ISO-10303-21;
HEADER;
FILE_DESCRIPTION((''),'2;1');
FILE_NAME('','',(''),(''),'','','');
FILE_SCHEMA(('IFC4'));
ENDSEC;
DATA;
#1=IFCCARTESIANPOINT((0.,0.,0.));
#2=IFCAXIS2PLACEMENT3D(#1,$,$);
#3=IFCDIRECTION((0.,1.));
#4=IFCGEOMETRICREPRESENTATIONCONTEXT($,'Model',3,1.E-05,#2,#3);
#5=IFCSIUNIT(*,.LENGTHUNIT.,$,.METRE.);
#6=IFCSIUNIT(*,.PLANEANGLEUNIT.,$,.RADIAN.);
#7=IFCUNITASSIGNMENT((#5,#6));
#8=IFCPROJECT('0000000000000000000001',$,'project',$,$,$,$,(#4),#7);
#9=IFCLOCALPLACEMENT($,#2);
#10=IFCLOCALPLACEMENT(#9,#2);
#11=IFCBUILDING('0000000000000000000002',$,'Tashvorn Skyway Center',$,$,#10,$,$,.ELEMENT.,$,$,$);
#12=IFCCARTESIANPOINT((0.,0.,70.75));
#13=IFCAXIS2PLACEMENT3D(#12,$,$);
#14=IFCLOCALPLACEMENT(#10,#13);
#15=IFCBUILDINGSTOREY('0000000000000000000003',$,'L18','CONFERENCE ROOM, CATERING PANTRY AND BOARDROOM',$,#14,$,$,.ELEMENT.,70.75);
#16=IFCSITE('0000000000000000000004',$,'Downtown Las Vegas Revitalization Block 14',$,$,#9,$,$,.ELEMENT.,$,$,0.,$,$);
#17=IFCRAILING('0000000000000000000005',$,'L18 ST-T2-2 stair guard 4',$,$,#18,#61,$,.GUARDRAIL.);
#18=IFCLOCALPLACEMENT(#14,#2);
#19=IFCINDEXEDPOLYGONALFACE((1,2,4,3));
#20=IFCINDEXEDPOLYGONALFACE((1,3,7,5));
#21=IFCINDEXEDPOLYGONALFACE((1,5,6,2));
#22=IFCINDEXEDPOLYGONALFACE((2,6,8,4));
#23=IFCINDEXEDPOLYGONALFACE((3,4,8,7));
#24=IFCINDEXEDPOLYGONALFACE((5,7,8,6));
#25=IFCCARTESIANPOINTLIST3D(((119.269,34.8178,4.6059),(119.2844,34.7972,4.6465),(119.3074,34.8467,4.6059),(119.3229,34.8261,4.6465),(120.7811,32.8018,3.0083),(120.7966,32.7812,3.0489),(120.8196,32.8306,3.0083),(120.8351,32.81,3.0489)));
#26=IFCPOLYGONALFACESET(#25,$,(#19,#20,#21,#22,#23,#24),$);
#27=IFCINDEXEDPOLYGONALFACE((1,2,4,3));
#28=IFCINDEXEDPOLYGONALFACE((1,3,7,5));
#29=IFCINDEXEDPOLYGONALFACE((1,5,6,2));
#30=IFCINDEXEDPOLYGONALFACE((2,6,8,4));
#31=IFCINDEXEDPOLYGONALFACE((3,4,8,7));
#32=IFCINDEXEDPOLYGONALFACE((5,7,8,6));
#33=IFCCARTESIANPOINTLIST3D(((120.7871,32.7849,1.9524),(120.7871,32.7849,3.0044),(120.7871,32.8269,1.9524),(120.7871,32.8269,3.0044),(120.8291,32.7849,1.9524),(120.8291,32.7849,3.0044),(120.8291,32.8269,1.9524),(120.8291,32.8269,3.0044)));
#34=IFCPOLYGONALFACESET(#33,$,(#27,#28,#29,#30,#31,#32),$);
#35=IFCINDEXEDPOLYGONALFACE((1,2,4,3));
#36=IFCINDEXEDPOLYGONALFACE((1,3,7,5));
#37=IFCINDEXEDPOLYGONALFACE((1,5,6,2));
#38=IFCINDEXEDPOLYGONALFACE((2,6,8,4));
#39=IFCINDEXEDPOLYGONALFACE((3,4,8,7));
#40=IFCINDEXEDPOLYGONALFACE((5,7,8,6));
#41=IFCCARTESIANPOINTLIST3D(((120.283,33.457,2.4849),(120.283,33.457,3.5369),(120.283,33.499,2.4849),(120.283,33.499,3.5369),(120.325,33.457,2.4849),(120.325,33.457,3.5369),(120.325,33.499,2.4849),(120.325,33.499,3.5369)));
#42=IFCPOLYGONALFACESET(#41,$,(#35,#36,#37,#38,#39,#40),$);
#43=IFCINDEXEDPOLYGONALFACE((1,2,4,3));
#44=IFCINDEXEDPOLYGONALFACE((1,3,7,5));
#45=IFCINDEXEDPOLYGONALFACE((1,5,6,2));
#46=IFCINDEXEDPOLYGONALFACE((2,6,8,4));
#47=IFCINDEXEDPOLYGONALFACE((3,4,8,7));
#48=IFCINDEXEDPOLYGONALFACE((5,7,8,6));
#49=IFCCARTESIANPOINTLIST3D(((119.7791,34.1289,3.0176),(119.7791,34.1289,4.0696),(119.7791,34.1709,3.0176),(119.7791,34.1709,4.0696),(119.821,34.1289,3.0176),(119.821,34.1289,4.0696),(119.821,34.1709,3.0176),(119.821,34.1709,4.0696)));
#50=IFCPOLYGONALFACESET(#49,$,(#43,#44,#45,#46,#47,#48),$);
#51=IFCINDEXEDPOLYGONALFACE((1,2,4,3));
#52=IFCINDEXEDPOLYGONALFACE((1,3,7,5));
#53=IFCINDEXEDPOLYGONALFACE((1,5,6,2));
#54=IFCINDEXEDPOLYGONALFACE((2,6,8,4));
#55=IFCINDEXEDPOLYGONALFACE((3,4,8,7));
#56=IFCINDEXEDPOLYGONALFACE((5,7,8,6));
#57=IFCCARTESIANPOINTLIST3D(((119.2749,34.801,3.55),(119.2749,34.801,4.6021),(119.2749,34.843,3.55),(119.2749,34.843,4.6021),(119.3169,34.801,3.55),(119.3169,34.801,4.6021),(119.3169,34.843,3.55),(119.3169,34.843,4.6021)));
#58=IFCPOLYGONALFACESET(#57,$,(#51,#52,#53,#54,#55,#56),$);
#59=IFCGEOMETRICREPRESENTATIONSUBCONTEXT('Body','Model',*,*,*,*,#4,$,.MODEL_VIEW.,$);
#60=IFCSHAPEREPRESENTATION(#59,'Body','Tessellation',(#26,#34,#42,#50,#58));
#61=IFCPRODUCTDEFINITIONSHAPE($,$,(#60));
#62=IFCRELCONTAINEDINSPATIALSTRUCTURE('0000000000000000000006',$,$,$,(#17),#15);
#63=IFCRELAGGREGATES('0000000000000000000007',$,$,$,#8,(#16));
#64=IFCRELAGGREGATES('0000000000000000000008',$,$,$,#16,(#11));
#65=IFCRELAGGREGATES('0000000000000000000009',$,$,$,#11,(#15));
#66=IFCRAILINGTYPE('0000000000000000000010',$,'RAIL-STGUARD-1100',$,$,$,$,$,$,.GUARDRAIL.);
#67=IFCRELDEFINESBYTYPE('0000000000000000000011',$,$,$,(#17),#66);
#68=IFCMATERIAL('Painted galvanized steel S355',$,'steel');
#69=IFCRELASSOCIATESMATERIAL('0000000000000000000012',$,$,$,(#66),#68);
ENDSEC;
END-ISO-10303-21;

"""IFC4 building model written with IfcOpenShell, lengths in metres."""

from ifc_helpers import new_model, si_unit, direction, frame, origin, origin_2d, place, context, subcontext, project, spatial, rectangle, extrude, material, type_object, element, save


model = new_model("IFC4")

# Units and contexts
model_context = context("Model", 3, precision=1e-05, world=origin(), true_north=direction((0.0, 1.0)))
body_context = subcontext(model_context, "Body", "Model", "MODEL_VIEW")
ifc_project = project(units=[si_unit("LENGTHUNIT", "METRE"), si_unit("PLANEANGLEUNIT", "RADIAN")], contexts=[model_context])

# Site, building, storey
site_placement = place(None, origin())
site = spatial("IfcSite", under=ifc_project, at=site_placement, Name="Downtown Las Vegas Revitalization Block 14", CompositionType="ELEMENT", RefElevation=0.0)
building_placement = place(site_placement, origin())
building = spatial("IfcBuilding", under=site, at=building_placement, Name="Tashvorn Skyway Center", CompositionType="ELEMENT")
storey_placement = place(building_placement, frame((0.0, 0.0, 70.75)))
storey = spatial("IfcBuildingStorey", under=building, at=storey_placement, Name="L18", Description="CONFERENCE ROOM, CATERING PANTRY AND BOARDROOM", CompositionType="ELEMENT", Elevation=70.75)

# Railing
ifc_material_1 = material(Name="Painted galvanized steel S355", Category="steel")
railing_type_1 = type_object("IfcRailingType", Name="RAIL-STGUARD-1100", PredefinedType="GUARDRAIL", material=ifc_material_1)
railing_1_placement = place(storey_placement, frame((120.8081, 32.8059, 1.9524)))
element("IfcRailing", 1, at=railing_1_placement, inside=storey, type_object=railing_type_1, Name="L18 ST-T2-2 stair guard 4", PredefinedType="GUARDRAIL", context=body_context, shape_type="SweptSolid", body=[
    extrude(rectangle(XDim=0.0481, YDim=0.0481, at=origin_2d()), frame((0.0, 0.0, 1.0762), z_axis=(-0.506779, 0.675651, 0.535416), x_axis=(-0.799977, -0.600031, 0.0)), (0.0, 0.0, 1.0), 2.9839),
    extrude(rectangle(XDim=0.042, YDim=0.042, at=origin_2d()), origin(), (0.0, 0.0, 1.0), 1.052),
    extrude(rectangle(XDim=0.042, YDim=0.042, at=origin_2d()), frame((-0.5042, 0.6721, 0.5325)), (0.0, 0.0, 1.0), 1.052),
    extrude(rectangle(XDim=0.042, YDim=0.042, at=origin_2d()), frame((-1.0081, 1.344, 1.0652)), (0.0, 0.0, 1.0), 1.052),
    extrude(rectangle(XDim=0.042, YDim=0.042, at=origin_2d()), frame((-1.5122, 2.0161, 1.5977)), (0.0, 0.0, 1.0), 1.052),
])

save(model, "model.ifc")
